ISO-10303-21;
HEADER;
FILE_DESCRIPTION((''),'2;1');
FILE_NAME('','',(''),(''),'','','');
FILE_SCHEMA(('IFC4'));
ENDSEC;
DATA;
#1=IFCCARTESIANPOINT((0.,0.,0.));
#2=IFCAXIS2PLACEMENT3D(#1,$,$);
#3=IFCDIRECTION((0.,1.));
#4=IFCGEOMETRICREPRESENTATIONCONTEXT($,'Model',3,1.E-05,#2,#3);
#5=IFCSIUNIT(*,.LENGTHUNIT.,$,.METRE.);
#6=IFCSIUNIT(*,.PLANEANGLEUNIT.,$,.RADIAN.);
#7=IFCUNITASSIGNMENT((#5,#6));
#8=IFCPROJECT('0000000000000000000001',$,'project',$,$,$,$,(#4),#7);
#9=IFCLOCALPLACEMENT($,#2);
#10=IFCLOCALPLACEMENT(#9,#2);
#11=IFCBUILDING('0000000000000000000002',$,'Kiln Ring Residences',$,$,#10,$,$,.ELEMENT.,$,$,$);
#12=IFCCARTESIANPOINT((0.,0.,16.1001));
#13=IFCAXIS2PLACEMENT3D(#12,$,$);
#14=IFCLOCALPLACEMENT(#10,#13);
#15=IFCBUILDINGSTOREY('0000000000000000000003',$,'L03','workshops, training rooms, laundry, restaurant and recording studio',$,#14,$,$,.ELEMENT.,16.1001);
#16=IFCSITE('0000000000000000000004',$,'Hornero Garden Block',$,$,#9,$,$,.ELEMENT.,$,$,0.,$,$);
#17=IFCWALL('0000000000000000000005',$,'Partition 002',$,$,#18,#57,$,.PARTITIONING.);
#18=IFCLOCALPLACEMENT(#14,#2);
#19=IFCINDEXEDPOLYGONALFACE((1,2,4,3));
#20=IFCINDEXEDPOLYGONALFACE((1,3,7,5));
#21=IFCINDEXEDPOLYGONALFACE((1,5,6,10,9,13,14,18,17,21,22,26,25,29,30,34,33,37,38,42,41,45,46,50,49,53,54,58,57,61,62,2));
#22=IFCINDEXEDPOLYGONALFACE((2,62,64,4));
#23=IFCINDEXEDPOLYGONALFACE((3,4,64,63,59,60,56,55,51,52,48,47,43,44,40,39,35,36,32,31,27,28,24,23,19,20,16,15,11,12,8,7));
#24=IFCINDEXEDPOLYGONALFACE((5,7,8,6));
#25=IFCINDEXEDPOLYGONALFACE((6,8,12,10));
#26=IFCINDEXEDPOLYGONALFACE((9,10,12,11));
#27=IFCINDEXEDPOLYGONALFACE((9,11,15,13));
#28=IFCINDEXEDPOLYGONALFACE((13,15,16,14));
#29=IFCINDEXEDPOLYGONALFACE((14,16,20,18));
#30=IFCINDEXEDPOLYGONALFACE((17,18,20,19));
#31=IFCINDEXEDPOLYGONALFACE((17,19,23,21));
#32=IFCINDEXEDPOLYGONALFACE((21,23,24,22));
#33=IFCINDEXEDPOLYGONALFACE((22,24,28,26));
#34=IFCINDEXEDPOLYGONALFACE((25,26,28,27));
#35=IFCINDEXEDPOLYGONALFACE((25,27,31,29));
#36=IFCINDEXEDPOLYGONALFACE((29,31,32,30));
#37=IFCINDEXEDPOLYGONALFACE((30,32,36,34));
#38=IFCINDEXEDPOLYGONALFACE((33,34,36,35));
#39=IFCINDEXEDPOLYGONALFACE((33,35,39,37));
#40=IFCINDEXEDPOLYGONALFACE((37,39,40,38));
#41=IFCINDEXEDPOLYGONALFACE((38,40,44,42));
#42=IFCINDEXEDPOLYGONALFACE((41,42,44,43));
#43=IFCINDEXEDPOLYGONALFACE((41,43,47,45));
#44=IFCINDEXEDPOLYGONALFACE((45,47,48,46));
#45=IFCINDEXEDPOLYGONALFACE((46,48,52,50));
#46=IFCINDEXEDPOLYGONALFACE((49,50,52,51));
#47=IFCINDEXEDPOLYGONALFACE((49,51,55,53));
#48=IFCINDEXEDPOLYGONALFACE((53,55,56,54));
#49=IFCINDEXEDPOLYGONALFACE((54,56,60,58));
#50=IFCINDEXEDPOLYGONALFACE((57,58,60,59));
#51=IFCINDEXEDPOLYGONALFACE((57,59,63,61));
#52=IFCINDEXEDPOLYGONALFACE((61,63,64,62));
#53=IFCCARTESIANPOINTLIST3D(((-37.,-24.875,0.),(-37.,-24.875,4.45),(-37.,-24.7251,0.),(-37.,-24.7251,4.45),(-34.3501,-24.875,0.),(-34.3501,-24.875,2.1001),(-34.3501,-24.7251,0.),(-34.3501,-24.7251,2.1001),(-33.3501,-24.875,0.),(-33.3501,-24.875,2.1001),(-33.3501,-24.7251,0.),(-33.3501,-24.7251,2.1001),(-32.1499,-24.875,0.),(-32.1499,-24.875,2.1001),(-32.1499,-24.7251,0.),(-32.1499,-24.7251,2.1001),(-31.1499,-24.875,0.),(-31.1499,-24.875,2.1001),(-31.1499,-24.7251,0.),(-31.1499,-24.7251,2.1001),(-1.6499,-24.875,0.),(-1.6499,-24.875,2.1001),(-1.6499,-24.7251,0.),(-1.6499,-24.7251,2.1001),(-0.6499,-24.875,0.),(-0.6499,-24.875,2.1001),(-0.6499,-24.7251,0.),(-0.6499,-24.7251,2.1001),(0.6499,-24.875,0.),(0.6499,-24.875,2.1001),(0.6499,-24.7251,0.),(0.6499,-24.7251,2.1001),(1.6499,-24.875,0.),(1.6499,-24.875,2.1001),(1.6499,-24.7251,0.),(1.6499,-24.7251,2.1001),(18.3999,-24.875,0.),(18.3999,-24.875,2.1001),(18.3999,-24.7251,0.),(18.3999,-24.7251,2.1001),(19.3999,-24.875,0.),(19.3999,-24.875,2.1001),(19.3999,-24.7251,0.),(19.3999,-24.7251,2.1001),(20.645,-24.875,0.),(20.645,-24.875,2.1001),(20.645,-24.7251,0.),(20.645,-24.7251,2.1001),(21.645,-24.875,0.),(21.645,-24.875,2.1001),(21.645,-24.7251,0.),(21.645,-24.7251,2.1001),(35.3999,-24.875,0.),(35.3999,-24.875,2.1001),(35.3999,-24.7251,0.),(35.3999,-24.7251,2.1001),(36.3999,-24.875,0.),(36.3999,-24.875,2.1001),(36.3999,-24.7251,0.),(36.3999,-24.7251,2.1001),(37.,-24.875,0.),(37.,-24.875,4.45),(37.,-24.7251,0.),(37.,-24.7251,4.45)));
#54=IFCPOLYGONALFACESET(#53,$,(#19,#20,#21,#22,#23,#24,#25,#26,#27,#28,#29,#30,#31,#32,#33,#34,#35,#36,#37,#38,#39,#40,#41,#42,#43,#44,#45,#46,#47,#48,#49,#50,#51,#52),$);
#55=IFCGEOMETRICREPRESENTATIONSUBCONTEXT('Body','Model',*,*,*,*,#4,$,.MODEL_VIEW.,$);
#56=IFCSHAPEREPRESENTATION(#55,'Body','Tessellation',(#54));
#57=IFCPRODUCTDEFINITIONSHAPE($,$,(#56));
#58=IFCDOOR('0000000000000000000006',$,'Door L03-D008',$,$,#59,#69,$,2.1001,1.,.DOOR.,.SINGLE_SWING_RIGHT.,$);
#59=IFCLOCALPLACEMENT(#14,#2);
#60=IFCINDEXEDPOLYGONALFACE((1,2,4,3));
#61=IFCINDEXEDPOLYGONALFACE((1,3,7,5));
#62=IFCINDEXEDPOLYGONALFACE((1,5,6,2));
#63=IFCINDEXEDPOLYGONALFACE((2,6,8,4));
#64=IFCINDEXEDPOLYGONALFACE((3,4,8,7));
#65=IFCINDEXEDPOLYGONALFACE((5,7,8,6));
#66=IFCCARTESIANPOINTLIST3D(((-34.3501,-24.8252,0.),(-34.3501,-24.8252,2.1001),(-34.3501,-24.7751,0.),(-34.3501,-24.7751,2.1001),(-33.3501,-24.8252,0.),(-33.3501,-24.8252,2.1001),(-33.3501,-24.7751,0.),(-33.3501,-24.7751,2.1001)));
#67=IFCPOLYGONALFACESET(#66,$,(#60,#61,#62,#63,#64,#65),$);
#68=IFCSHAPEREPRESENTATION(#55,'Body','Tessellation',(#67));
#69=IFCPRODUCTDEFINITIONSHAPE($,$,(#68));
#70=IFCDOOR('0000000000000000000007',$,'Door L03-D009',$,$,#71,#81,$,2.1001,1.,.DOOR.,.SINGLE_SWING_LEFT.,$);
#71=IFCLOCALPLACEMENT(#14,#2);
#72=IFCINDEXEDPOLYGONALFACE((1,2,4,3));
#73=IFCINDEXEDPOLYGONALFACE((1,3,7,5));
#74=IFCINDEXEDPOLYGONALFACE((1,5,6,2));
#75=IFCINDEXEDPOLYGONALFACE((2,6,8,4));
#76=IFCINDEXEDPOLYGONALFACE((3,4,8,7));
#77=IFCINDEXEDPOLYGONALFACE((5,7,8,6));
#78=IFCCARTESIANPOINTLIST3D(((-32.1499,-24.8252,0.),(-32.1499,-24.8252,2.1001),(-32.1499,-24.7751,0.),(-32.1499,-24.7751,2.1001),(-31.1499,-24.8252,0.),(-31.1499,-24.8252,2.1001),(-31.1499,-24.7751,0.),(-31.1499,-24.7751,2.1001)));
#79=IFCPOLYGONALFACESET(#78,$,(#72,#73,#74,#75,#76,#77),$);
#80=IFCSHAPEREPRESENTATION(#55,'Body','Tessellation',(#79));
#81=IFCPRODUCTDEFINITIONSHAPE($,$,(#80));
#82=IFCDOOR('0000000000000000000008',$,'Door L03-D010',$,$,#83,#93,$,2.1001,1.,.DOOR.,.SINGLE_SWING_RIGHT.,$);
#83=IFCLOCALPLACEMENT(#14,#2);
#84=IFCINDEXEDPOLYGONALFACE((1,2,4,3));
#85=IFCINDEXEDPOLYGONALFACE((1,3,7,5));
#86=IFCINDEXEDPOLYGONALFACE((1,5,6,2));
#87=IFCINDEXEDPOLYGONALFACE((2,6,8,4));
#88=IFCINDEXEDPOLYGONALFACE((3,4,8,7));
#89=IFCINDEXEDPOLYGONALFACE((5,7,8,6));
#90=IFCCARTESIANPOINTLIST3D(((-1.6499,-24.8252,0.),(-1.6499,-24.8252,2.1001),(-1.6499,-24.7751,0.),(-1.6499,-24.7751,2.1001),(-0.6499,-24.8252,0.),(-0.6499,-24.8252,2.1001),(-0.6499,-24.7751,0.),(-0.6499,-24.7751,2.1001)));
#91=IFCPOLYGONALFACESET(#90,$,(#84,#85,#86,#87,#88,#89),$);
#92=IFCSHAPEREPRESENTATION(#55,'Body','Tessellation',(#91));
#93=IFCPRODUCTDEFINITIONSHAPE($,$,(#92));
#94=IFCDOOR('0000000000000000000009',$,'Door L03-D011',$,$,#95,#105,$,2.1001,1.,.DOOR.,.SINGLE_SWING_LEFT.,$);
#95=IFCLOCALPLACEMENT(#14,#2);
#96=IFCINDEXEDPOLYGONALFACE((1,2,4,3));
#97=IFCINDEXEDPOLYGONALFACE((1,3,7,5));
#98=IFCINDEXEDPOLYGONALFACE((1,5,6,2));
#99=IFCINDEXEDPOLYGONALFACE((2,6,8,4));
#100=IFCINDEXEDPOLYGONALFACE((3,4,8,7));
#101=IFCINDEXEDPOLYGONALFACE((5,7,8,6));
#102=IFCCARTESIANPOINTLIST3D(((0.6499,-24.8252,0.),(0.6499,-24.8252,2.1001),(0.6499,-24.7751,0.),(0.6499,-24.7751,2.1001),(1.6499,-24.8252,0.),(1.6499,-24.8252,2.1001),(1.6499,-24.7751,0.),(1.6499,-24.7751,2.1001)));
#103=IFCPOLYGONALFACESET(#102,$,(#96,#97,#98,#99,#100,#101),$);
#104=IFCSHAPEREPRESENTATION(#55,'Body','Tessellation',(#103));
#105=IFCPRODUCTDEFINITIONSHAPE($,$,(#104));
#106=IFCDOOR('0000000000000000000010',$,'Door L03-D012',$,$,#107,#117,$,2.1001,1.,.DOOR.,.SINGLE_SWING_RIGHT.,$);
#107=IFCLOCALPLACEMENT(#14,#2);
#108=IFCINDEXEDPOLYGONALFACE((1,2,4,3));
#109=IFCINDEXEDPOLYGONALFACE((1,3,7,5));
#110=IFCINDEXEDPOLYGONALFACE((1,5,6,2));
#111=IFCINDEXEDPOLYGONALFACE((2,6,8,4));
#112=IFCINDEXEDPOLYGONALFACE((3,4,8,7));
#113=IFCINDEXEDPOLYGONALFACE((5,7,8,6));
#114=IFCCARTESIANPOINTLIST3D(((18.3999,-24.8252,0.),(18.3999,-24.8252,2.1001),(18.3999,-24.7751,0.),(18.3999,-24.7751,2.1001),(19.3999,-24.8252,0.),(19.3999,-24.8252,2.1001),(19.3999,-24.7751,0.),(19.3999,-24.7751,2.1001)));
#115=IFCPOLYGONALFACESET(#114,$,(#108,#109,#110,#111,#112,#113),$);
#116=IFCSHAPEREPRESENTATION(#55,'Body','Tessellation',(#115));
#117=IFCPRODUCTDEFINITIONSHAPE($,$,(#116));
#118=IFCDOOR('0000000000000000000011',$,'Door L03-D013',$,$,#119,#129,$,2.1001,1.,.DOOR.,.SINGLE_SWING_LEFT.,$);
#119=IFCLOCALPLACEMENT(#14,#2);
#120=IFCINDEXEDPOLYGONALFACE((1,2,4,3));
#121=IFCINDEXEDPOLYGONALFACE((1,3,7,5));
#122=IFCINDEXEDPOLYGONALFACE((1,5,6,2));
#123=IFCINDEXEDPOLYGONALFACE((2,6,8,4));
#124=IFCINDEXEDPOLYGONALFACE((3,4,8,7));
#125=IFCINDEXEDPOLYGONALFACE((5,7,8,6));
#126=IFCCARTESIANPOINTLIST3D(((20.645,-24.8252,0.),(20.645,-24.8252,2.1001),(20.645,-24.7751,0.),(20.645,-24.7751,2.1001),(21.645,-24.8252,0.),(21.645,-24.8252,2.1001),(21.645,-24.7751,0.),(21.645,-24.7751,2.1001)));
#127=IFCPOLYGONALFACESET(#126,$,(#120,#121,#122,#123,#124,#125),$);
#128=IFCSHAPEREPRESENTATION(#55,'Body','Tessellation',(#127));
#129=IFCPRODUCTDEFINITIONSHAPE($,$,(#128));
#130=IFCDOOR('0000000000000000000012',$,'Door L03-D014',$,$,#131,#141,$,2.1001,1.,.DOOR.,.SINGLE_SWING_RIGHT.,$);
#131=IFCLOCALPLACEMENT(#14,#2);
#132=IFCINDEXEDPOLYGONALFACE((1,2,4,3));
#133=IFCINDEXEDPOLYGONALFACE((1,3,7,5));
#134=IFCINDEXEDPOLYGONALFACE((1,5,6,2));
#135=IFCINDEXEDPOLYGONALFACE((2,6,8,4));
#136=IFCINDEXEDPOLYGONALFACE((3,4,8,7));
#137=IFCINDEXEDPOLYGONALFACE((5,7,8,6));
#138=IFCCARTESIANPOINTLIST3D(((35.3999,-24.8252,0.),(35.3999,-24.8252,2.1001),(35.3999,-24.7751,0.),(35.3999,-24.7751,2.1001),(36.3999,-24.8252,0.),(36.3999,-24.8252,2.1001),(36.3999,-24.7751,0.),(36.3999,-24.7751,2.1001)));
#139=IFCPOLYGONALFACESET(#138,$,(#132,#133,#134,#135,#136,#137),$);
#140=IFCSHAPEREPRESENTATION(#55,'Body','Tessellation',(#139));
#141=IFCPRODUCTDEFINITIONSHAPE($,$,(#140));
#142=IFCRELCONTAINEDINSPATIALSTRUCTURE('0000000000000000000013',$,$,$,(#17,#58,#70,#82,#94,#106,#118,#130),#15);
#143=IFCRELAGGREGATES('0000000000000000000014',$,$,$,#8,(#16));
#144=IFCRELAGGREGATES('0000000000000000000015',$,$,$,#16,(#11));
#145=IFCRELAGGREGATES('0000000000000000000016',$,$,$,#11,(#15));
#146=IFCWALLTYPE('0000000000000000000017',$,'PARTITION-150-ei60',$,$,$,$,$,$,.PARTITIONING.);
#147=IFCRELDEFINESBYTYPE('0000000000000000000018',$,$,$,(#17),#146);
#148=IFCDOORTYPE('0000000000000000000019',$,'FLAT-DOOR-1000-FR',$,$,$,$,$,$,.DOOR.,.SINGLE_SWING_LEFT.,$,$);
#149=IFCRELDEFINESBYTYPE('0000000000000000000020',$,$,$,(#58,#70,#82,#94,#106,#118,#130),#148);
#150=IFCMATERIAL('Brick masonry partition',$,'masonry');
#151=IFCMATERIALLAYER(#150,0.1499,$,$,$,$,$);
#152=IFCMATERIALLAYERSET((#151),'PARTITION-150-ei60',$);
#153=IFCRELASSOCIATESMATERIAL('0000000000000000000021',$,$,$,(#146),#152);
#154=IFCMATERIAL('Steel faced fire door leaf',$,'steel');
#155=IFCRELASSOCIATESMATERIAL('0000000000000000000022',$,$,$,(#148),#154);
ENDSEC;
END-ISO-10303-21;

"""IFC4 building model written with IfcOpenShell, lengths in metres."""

from ifc_helpers import new_model, si_unit, direction, frame, frame_2d, origin, place, context, subcontext, project, spatial, rectangle, extrude, material, layer, layer_set, type_object, element, fill, save


model = new_model("IFC4")

# Units and contexts
model_context = context("Model", 3, precision=1e-05, world=origin(), true_north=direction((0.0, 1.0)))
body_context = subcontext(model_context, "Body", "Model", "MODEL_VIEW")
ifc_project = project(units=[si_unit("LENGTHUNIT", "METRE"), si_unit("PLANEANGLEUNIT", "RADIAN")], contexts=[model_context])

# Site, building, storey
site_placement = place(None, origin())
site = spatial("IfcSite", under=ifc_project, at=site_placement, Name="Hornero Garden Block", CompositionType="ELEMENT", RefElevation=0.0)
building_placement = place(site_placement, origin())
building = spatial("IfcBuilding", under=site, at=building_placement, Name="Kiln Ring Residences", CompositionType="ELEMENT")
storey_placement = place(building_placement, frame((0.0, 0.0, 16.1001)))
storey = spatial("IfcBuildingStorey", under=building, at=storey_placement, Name="L03", Description="workshops, training rooms, laundry, restaurant and recording studio", CompositionType="ELEMENT", Elevation=16.1001)

# Wall, openings, doors
ifc_material_1 = material(Name="Brick masonry partition", Category="masonry")
ifc_layer_1 = layer(ifc_material_1, 0.1499)
ifc_layer_set_1 = layer_set([ifc_layer_1], Name="PARTITION-150-ei60")
wall_type_1 = type_object("IfcWallType", Name="PARTITION-150-ei60", PredefinedType="PARTITIONING", material=ifc_layer_set_1)
wall_1_placement = place(storey_placement, frame((-37.0, -24.8, 0.0), z_axis=(0.0, 0.0, 1.0), x_axis=(1.0, 0.0, 0.0)))
wall_1 = element("IfcWall", 1, at=wall_1_placement, inside=storey, type_object=wall_type_1, Name="Partition 002", PredefinedType="PARTITIONING", context=body_context, shape_type="SweptSolid", body=[
    extrude(rectangle(XDim=74.0, YDim=0.1499, at=frame_2d((37.0, 0.0))), origin(), (0.0, 0.0, 1.0), 4.45),
])
opening_1_placement = place(wall_1_placement, frame((2.6499, 0.0, 0.0)))
opening_1 = element("IfcOpeningElement", 2, at=opening_1_placement, cuts=wall_1, PredefinedType="OPENING", context=body_context, shape_type="SweptSolid", body=[
    extrude(rectangle(XDim=1.0, YDim=2.1001, at=frame_2d((0.5, 1.05))), frame((0.0, 0.085, 0.0), z_axis=(0.0, -1.0, 0.0), x_axis=(1.0, 0.0, 0.0)), (0.0, 0.0, 1.0), 0.1699),
])
opening_2_placement = place(wall_1_placement, frame((4.8501, 0.0, 0.0)))
opening_2 = element("IfcOpeningElement", 3, at=opening_2_placement, cuts=wall_1, PredefinedType="OPENING", context=body_context, shape_type="SweptSolid", body=[
    extrude(rectangle(XDim=1.0, YDim=2.1001, at=frame_2d((0.5, 1.05))), frame((0.0, 0.085, 0.0), z_axis=(0.0, -1.0, 0.0), x_axis=(1.0, 0.0, 0.0)), (0.0, 0.0, 1.0), 0.1699),
])
opening_3_placement = place(wall_1_placement, frame((35.3501, 0.0, 0.0)))
opening_3 = element("IfcOpeningElement", 4, at=opening_3_placement, cuts=wall_1, PredefinedType="OPENING", context=body_context, shape_type="SweptSolid", body=[
    extrude(rectangle(XDim=1.0, YDim=2.1001, at=frame_2d((0.5, 1.05))), frame((0.0, 0.085, 0.0), z_axis=(0.0, -1.0, 0.0), x_axis=(1.0, 0.0, 0.0)), (0.0, 0.0, 1.0), 0.1699),
])
opening_4_placement = place(wall_1_placement, frame((37.6499, 0.0, 0.0)))
opening_4 = element("IfcOpeningElement", 5, at=opening_4_placement, cuts=wall_1, PredefinedType="OPENING", context=body_context, shape_type="SweptSolid", body=[
    extrude(rectangle(XDim=1.0, YDim=2.1001, at=frame_2d((0.5, 1.05))), frame((0.0, 0.085, 0.0), z_axis=(0.0, -1.0, 0.0), x_axis=(1.0, 0.0, 0.0)), (0.0, 0.0, 1.0), 0.1699),
])
opening_5_placement = place(wall_1_placement, frame((55.3999, 0.0, 0.0)))
opening_5 = element("IfcOpeningElement", 6, at=opening_5_placement, cuts=wall_1, PredefinedType="OPENING", context=body_context, shape_type="SweptSolid", body=[
    extrude(rectangle(XDim=1.0, YDim=2.1001, at=frame_2d((0.5, 1.05))), frame((0.0, 0.085, 0.0), z_axis=(0.0, -1.0, 0.0), x_axis=(1.0, 0.0, 0.0)), (0.0, 0.0, 1.0), 0.1699),
])
opening_6_placement = place(wall_1_placement, frame((57.645, 0.0, 0.0)))
opening_6 = element("IfcOpeningElement", 7, at=opening_6_placement, cuts=wall_1, PredefinedType="OPENING", context=body_context, shape_type="SweptSolid", body=[
    extrude(rectangle(XDim=1.0, YDim=2.1001, at=frame_2d((0.5, 1.05))), frame((0.0, 0.085, 0.0), z_axis=(0.0, -1.0, 0.0), x_axis=(1.0, 0.0, 0.0)), (0.0, 0.0, 1.0), 0.1699),
])
opening_7_placement = place(wall_1_placement, frame((72.3999, 0.0, 0.0)))
opening_7 = element("IfcOpeningElement", 8, at=opening_7_placement, cuts=wall_1, PredefinedType="OPENING", context=body_context, shape_type="SweptSolid", body=[
    extrude(rectangle(XDim=1.0, YDim=2.1001, at=frame_2d((0.5, 1.05))), frame((0.0, 0.085, 0.0), z_axis=(0.0, -1.0, 0.0), x_axis=(1.0, 0.0, 0.0)), (0.0, 0.0, 1.0), 0.1699),
])
ifc_material_2 = material(Name="Steel faced fire door leaf", Category="steel")
door_type = type_object("IfcDoorType", Name="FLAT-DOOR-1000-FR", OperationType="SINGLE_SWING_LEFT", PredefinedType="DOOR", material=ifc_material_2)
door_1_placement = place(opening_1_placement, origin())
door_1 = element("IfcDoor", 9, at=door_1_placement, inside=storey, type_object=door_type, Name="Door L03-D008", OperationType="SINGLE_SWING_RIGHT", OverallHeight=2.1001, OverallWidth=1.0, PredefinedType="DOOR", context=body_context, shape_type="SweptSolid", body=[
    extrude(rectangle(XDim=1.0, YDim=2.1001, at=frame_2d((0.5, 1.05))), frame((0.0, 0.0249, 0.0), z_axis=(0.0, -1.0, 0.0), x_axis=(1.0, 0.0, 0.0)), (0.0, 0.0, 1.0), 0.05),
])
fill(opening_1, door_1)
door_2_placement = place(opening_2_placement, origin())
door_2 = element("IfcDoor", 10, at=door_2_placement, inside=storey, type_object=door_type, Name="Door L03-D009", OperationType="SINGLE_SWING_LEFT", OverallHeight=2.1001, OverallWidth=1.0, PredefinedType="DOOR", context=body_context, shape_type="SweptSolid", body=[
    extrude(rectangle(XDim=1.0, YDim=2.1001, at=frame_2d((0.5, 1.05))), frame((0.0, 0.0249, 0.0), z_axis=(0.0, -1.0, 0.0), x_axis=(1.0, 0.0, 0.0)), (0.0, 0.0, 1.0), 0.05),
])
fill(opening_2, door_2)
door_3_placement = place(opening_3_placement, origin())
door_3 = element("IfcDoor", 11, at=door_3_placement, inside=storey, type_object=door_type, Name="Door L03-D010", OperationType="SINGLE_SWING_RIGHT", OverallHeight=2.1001, OverallWidth=1.0, PredefinedType="DOOR", context=body_context, shape_type="SweptSolid", body=[
    extrude(rectangle(XDim=1.0, YDim=2.1001, at=frame_2d((0.5, 1.05))), frame((0.0, 0.0249, 0.0), z_axis=(0.0, -1.0, 0.0), x_axis=(1.0, 0.0, 0.0)), (0.0, 0.0, 1.0), 0.05),
])
fill(opening_3, door_3)
door_4_placement = place(opening_4_placement, origin())
door_4 = element("IfcDoor", 12, at=door_4_placement, inside=storey, type_object=door_type, Name="Door L03-D011", OperationType="SINGLE_SWING_LEFT", OverallHeight=2.1001, OverallWidth=1.0, PredefinedType="DOOR", context=body_context, shape_type="SweptSolid", body=[
    extrude(rectangle(XDim=1.0, YDim=2.1001, at=frame_2d((0.5, 1.05))), frame((0.0, 0.0249, 0.0), z_axis=(0.0, -1.0, 0.0), x_axis=(1.0, 0.0, 0.0)), (0.0, 0.0, 1.0), 0.05),
])
fill(opening_4, door_4)
door_5_placement = place(opening_5_placement, origin())
door_5 = element("IfcDoor", 13, at=door_5_placement, inside=storey, type_object=door_type, Name="Door L03-D012", OperationType="SINGLE_SWING_RIGHT", OverallHeight=2.1001, OverallWidth=1.0, PredefinedType="DOOR", context=body_context, shape_type="SweptSolid", body=[
    extrude(rectangle(XDim=1.0, YDim=2.1001, at=frame_2d((0.5, 1.05))), frame((0.0, 0.0249, 0.0), z_axis=(0.0, -1.0, 0.0), x_axis=(1.0, 0.0, 0.0)), (0.0, 0.0, 1.0), 0.05),
])
fill(opening_5, door_5)
door_6_placement = place(opening_6_placement, origin())
door_6 = element("IfcDoor", 14, at=door_6_placement, inside=storey, type_object=door_type, Name="Door L03-D013", OperationType="SINGLE_SWING_LEFT", OverallHeight=2.1001, OverallWidth=1.0, PredefinedType="DOOR", context=body_context, shape_type="SweptSolid", body=[
    extrude(rectangle(XDim=1.0, YDim=2.1001, at=frame_2d((0.5, 1.05))), frame((0.0, 0.0249, 0.0), z_axis=(0.0, -1.0, 0.0), x_axis=(1.0, 0.0, 0.0)), (0.0, 0.0, 1.0), 0.05),
])
fill(opening_6, door_6)
door_7_placement = place(opening_7_placement, origin())
door_7 = element("IfcDoor", 15, at=door_7_placement, inside=storey, type_object=door_type, Name="Door L03-D014", OperationType="SINGLE_SWING_RIGHT", OverallHeight=2.1001, OverallWidth=1.0, PredefinedType="DOOR", context=body_context, shape_type="SweptSolid", body=[
    extrude(rectangle(XDim=1.0, YDim=2.1001, at=frame_2d((0.5, 1.05))), frame((0.0, 0.0249, 0.0), z_axis=(0.0, -1.0, 0.0), x_axis=(1.0, 0.0, 0.0)), (0.0, 0.0, 1.0), 0.05),
])
fill(opening_7, door_7)

save(model, "model.ifc")
